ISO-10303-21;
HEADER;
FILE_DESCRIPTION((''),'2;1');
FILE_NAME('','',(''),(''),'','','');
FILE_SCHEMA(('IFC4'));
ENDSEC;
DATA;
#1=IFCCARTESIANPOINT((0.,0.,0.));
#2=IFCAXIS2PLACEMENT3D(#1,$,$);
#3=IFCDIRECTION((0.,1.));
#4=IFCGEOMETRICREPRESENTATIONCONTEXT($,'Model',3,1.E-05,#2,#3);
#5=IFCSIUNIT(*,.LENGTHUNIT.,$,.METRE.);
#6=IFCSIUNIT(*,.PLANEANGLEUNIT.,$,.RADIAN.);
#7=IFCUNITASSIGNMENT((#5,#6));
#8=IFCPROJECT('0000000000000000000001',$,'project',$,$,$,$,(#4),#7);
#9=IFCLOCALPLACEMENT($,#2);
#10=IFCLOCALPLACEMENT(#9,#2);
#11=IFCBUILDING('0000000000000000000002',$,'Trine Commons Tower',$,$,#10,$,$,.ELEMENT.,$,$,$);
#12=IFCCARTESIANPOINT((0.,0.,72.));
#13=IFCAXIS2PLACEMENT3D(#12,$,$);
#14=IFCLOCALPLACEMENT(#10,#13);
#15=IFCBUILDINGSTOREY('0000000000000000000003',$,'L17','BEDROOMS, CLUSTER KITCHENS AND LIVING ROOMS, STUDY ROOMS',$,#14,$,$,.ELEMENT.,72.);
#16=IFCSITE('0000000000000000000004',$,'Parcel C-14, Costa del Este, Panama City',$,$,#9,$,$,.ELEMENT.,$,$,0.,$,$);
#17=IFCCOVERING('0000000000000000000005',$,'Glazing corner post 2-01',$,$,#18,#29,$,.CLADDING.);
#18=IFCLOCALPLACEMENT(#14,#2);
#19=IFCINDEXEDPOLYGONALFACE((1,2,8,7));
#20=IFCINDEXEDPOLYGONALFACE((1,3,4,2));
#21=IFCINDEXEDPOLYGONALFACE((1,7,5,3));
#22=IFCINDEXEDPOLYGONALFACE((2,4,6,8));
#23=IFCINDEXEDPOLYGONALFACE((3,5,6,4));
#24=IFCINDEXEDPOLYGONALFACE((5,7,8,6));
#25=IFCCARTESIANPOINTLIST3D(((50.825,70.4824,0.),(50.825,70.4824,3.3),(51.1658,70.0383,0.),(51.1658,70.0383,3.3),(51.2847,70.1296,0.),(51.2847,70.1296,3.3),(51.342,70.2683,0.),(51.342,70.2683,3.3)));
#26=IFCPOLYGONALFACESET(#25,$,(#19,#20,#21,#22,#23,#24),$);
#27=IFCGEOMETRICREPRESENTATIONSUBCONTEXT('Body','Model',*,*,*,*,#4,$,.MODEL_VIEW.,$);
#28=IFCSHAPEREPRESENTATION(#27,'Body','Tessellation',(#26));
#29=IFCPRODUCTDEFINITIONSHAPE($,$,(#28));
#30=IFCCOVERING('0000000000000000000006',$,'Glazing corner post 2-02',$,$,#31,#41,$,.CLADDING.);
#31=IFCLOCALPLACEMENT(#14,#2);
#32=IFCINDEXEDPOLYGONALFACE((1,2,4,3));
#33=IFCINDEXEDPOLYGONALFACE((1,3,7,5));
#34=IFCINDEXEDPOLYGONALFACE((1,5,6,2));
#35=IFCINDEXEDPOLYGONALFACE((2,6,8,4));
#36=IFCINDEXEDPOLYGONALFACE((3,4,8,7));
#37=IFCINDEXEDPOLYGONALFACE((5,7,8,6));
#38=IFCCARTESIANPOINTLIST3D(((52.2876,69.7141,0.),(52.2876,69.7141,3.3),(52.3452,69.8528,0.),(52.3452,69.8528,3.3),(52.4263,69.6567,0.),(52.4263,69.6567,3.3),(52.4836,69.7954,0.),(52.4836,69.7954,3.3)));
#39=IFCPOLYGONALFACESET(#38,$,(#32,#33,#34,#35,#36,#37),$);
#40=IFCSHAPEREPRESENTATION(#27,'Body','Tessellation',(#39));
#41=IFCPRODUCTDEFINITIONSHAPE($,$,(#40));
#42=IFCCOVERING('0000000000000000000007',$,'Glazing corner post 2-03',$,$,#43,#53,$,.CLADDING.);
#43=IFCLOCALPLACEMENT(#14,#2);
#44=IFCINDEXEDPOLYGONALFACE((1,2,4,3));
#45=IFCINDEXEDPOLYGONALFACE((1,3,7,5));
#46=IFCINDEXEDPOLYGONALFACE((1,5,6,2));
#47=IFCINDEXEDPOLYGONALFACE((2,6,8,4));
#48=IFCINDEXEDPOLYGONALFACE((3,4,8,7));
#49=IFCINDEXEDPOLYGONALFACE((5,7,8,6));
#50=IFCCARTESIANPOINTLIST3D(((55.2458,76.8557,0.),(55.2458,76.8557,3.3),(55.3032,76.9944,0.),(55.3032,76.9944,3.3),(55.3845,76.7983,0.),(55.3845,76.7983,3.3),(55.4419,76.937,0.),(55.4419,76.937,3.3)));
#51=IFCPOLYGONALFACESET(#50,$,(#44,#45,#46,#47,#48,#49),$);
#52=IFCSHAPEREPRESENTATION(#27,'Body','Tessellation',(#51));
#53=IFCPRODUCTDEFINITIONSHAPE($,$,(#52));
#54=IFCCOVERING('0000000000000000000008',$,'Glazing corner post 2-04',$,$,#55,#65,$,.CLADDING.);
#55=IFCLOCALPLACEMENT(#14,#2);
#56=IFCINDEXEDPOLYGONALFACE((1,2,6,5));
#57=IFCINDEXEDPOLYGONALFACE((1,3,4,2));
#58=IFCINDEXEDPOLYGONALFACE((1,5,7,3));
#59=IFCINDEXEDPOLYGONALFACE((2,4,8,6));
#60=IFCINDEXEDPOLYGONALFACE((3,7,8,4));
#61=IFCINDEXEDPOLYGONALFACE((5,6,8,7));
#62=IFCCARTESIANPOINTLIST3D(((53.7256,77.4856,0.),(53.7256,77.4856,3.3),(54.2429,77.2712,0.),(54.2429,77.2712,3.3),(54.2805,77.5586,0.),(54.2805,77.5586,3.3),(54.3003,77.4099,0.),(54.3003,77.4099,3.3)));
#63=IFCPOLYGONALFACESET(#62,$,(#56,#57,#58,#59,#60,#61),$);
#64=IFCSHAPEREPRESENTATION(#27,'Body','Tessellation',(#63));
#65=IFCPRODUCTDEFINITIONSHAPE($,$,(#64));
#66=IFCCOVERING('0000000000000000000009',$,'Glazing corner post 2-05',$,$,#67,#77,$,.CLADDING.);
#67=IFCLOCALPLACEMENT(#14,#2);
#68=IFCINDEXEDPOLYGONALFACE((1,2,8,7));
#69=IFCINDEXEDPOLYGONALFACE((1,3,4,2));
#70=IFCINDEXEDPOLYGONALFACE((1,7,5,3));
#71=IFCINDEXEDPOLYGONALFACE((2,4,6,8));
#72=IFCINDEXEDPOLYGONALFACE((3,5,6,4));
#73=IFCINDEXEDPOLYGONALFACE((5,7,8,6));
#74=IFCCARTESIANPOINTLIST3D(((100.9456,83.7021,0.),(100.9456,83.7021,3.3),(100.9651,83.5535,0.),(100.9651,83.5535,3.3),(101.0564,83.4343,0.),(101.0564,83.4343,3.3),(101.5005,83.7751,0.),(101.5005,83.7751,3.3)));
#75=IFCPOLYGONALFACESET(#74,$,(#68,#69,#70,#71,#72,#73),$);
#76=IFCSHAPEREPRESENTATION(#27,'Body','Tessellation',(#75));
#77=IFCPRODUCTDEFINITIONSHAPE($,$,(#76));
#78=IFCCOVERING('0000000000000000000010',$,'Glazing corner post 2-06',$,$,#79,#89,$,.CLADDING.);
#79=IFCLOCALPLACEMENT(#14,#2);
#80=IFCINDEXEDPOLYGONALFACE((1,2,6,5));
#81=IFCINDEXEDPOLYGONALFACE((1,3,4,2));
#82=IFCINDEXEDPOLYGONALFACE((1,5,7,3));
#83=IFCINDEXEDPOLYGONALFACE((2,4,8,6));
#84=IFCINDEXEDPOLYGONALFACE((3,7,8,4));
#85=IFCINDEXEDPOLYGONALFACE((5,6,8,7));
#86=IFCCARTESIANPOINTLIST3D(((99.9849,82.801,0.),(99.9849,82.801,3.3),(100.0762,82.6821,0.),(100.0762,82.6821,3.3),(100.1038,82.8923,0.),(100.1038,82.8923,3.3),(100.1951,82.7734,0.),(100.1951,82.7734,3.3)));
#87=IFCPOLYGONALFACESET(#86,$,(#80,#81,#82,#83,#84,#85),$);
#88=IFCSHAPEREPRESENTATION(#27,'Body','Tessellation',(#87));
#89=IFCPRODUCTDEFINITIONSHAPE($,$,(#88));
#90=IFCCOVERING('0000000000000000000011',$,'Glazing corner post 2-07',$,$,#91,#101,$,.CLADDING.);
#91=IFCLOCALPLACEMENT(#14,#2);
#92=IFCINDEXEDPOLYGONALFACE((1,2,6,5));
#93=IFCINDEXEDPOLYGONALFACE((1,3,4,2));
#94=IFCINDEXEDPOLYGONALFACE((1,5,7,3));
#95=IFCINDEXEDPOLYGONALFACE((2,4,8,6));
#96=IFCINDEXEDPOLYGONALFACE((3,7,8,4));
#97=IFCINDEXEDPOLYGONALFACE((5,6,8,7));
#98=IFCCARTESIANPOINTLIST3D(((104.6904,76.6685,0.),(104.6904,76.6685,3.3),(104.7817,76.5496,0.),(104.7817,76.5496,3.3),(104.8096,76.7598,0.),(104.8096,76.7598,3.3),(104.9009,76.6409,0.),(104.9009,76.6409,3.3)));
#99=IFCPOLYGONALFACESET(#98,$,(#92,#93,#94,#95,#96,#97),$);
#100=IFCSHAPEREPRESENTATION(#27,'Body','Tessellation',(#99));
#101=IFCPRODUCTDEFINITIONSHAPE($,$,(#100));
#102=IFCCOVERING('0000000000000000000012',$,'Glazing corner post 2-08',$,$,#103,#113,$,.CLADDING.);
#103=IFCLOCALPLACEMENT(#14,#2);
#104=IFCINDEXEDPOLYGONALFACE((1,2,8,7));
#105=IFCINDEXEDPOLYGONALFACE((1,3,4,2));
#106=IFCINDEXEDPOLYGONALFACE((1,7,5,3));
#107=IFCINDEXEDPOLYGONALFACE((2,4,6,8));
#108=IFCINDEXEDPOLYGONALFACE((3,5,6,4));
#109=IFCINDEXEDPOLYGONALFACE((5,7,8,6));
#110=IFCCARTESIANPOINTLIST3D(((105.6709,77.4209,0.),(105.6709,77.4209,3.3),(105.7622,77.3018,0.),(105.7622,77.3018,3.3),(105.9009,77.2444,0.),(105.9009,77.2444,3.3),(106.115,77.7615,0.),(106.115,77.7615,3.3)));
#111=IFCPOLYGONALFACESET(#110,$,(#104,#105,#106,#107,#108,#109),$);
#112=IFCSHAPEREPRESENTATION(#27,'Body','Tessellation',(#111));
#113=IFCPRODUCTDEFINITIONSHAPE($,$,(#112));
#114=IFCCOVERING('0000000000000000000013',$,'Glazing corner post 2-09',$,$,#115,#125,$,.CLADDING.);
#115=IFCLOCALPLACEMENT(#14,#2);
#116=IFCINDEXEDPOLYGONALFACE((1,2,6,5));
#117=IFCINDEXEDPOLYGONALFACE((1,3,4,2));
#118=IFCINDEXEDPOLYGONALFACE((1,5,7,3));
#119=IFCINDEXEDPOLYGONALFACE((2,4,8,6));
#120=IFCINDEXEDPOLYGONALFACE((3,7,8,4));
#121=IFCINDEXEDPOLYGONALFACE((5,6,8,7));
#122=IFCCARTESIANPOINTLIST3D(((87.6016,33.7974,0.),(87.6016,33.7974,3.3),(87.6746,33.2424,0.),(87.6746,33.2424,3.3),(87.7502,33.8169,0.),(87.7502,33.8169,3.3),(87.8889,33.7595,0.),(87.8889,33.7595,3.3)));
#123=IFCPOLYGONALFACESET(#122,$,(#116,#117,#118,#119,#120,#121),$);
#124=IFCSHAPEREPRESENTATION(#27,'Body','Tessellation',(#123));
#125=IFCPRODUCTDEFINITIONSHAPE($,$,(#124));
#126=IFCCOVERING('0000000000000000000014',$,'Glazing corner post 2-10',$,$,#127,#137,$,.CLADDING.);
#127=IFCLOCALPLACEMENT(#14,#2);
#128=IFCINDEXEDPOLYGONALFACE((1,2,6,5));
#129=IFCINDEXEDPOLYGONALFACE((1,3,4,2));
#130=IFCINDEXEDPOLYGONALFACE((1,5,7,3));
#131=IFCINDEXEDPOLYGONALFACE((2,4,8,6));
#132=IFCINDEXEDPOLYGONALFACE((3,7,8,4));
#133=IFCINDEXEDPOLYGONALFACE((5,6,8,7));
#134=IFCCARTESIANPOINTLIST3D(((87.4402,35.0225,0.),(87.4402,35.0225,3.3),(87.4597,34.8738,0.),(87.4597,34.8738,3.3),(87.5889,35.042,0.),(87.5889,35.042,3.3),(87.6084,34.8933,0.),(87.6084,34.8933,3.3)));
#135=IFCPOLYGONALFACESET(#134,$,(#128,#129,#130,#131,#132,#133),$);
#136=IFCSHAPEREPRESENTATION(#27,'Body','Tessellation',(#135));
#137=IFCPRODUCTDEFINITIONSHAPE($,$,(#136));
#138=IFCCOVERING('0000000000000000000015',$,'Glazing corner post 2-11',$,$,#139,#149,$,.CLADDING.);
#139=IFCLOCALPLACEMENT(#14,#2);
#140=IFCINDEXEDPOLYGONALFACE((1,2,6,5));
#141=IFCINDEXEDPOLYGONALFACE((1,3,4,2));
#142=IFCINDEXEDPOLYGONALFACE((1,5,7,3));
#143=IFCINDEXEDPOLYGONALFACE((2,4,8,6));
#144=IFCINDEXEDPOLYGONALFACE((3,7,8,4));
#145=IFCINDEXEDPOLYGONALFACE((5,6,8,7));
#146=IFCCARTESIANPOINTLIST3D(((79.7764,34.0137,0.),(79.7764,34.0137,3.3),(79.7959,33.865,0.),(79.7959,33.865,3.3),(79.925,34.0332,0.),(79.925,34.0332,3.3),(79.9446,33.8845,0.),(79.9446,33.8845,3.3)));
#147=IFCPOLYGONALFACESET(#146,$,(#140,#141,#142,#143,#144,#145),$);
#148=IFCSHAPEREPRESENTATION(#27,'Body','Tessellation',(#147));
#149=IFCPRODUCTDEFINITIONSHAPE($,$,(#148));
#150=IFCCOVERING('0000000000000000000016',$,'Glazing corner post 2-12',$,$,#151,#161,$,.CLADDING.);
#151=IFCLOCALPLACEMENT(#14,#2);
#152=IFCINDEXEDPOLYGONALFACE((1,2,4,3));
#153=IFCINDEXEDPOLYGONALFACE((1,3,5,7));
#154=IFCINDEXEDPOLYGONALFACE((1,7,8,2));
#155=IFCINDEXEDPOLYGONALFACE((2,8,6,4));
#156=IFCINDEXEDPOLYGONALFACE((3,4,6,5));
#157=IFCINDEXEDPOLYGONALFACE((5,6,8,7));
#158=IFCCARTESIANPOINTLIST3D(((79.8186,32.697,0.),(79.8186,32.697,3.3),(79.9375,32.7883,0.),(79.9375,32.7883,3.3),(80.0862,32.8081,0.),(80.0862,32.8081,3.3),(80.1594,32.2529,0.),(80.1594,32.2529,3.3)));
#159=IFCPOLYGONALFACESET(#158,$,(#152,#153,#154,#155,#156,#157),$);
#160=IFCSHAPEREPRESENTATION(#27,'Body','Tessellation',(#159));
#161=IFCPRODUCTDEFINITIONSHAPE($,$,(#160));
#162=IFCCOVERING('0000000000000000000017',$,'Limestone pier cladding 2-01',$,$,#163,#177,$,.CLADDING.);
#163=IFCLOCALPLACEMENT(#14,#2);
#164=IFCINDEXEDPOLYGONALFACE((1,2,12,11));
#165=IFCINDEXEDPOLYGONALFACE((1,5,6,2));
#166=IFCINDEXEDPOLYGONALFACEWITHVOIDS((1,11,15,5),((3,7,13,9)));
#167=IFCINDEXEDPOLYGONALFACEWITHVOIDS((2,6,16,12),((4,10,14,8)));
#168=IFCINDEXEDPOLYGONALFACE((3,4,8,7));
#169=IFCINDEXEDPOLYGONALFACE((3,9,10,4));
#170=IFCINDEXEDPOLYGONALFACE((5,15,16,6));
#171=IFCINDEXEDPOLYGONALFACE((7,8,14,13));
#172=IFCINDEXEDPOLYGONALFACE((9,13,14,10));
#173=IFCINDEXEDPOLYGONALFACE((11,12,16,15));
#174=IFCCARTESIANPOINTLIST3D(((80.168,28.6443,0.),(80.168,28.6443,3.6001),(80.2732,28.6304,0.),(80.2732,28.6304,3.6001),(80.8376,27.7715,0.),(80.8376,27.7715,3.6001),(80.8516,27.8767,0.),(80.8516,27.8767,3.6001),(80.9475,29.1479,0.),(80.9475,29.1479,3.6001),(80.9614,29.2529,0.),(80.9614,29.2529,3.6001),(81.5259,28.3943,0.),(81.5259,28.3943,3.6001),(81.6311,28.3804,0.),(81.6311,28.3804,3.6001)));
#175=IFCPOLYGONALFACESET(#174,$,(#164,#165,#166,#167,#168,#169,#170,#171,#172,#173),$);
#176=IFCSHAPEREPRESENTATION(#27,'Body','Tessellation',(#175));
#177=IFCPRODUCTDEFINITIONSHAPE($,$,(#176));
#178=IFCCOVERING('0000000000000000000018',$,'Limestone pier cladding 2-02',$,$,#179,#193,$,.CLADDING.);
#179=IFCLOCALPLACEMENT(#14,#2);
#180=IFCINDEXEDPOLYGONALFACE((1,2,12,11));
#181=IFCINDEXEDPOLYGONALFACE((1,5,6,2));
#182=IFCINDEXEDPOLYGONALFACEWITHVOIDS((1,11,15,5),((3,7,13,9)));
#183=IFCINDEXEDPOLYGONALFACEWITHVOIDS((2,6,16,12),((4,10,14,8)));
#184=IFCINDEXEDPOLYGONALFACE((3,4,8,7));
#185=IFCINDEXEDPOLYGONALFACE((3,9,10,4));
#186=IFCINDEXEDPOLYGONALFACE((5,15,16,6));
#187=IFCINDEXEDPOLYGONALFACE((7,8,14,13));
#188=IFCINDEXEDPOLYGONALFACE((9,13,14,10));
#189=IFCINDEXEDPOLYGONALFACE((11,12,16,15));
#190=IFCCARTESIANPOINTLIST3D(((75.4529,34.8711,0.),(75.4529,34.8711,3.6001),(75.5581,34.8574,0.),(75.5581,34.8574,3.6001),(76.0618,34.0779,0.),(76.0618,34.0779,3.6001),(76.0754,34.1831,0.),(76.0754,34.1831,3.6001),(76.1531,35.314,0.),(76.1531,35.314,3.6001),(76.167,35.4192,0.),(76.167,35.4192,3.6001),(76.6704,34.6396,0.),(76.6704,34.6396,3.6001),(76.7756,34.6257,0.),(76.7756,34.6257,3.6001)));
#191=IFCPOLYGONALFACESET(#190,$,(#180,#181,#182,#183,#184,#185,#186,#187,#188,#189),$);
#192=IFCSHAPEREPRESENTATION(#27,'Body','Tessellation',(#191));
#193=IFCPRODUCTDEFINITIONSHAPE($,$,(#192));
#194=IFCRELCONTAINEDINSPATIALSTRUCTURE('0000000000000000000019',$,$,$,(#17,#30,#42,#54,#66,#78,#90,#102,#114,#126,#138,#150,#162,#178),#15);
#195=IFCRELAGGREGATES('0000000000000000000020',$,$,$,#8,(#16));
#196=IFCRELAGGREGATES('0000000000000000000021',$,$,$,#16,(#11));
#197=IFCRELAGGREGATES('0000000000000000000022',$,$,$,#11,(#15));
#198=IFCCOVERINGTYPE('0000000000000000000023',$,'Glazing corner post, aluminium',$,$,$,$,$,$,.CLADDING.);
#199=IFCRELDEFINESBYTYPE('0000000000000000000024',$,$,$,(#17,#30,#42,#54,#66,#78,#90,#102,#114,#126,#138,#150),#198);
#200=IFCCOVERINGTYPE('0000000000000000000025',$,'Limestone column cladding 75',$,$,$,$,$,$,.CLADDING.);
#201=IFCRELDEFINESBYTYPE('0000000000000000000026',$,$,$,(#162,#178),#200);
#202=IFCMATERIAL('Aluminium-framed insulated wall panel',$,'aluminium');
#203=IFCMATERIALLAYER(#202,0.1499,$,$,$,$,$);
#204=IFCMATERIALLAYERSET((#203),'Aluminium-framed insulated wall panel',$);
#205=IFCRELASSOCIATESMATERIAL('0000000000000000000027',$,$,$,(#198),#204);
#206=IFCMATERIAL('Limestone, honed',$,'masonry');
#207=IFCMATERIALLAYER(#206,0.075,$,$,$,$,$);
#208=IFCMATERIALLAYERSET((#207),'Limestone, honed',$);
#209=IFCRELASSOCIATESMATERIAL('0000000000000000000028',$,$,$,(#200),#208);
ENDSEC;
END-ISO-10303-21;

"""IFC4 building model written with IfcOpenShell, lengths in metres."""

from ifc_helpers import new_model, si_unit, direction, frame, origin, place, context, subcontext, project, spatial, polyline, outline, extrude, material, layer, layer_set, type_object, element, save


model = new_model("IFC4")

# Units and contexts
model_context = context("Model", 3, precision=1e-05, world=origin(), true_north=direction((0.0, 1.0)))
body_context = subcontext(model_context, "Body", "Model", "MODEL_VIEW")
ifc_project = project(units=[si_unit("LENGTHUNIT", "METRE"), si_unit("PLANEANGLEUNIT", "RADIAN")], contexts=[model_context])

# Site, building, storey
site_placement = place(None, origin())
site = spatial("IfcSite", under=ifc_project, at=site_placement, Name="Parcel C-14, Costa del Este, Panama City", CompositionType="ELEMENT", RefElevation=0.0)
building_placement = place(site_placement, origin())
building = spatial("IfcBuilding", under=site, at=building_placement, Name="Trine Commons Tower", CompositionType="ELEMENT")
storey_placement = place(building_placement, frame((0.0, 0.0, 72.0)))
storey = spatial("IfcBuildingStorey", under=building, at=storey_placement, Name="L17", Description="BEDROOMS, CLUSTER KITCHENS AND LIVING ROOMS, STUDY ROOMS", CompositionType="ELEMENT", Elevation=72.0)

# Coverings
ifc_material_1 = material(Name="Aluminium-framed insulated wall panel", Category="aluminium")
ifc_layer_1 = layer(ifc_material_1, 0.1499)
ifc_layer_set_1 = layer_set([ifc_layer_1], Name="Aluminium-framed insulated wall panel")
covering_type_1 = type_object("IfcCoveringType", Name="Glazing corner post, aluminium", PredefinedType="CLADDING", material=ifc_layer_set_1)
covering_1_placement = place(storey_placement, origin())
element("IfcCovering", 1, at=covering_1_placement, inside=storey, type_object=covering_type_1, Name="Glazing corner post 2-01", PredefinedType="CLADDING", context=body_context, shape_type="SweptSolid", body=[
    extrude(outline(polyline([(51.1658, 70.0383), (51.2847, 70.1296), (51.342, 70.2683), (50.825, 70.4824), (51.1658, 70.0383)])), origin(), (0.0, 0.0, 1.0), 3.3),
])
covering_2_placement = place(storey_placement, origin())
element("IfcCovering", 2, at=covering_2_placement, inside=storey, type_object=covering_type_1, Name="Glazing corner post 2-02", PredefinedType="CLADDING", context=body_context, shape_type="SweptSolid", body=[
    extrude(outline(polyline([(52.2876, 69.7141), (52.4263, 69.6567), (52.4836, 69.7954), (52.3452, 69.8528), (52.2876, 69.7141)])), origin(), (0.0, 0.0, 1.0), 3.3),
])
covering_3_placement = place(storey_placement, origin())
element("IfcCovering", 3, at=covering_3_placement, inside=storey, type_object=covering_type_1, Name="Glazing corner post 2-03", PredefinedType="CLADDING", context=body_context, shape_type="SweptSolid", body=[
    extrude(outline(polyline([(55.3845, 76.7983), (55.4419, 76.937), (55.3032, 76.9944), (55.2458, 76.8557), (55.3845, 76.7983)])), origin(), (0.0, 0.0, 1.0), 3.3),
])
covering_4_placement = place(storey_placement, origin())
element("IfcCovering", 4, at=covering_4_placement, inside=storey, type_object=covering_type_1, Name="Glazing corner post 2-04", PredefinedType="CLADDING", context=body_context, shape_type="SweptSolid", body=[
    extrude(outline(polyline([(54.2429, 77.2712), (54.3003, 77.4099), (54.2805, 77.5586), (53.7256, 77.4856), (54.2429, 77.2712)])), origin(), (0.0, 0.0, 1.0), 3.3),
])
covering_5_placement = place(storey_placement, origin())
element("IfcCovering", 5, at=covering_5_placement, inside=storey, type_object=covering_type_1, Name="Glazing corner post 2-05", PredefinedType="CLADDING", context=body_context, shape_type="SweptSolid", body=[
    extrude(outline(polyline([(101.0564, 83.4343), (101.5005, 83.7751), (100.9456, 83.7021), (100.9651, 83.5535), (101.0564, 83.4343)])), origin(), (0.0, 0.0, 1.0), 3.3),
])
covering_6_placement = place(storey_placement, origin())
element("IfcCovering", 6, at=covering_6_placement, inside=storey, type_object=covering_type_1, Name="Glazing corner post 2-06", PredefinedType="CLADDING", context=body_context, shape_type="SweptSolid", body=[
    extrude(outline(polyline([(100.0762, 82.6821), (100.1951, 82.7734), (100.1038, 82.8923), (99.9849, 82.801), (100.0762, 82.6821)])), origin(), (0.0, 0.0, 1.0), 3.3),
])
covering_7_placement = place(storey_placement, origin())
element("IfcCovering", 7, at=covering_7_placement, inside=storey, type_object=covering_type_1, Name="Glazing corner post 2-07", PredefinedType="CLADDING", context=body_context, shape_type="SweptSolid", body=[
    extrude(outline(polyline([(104.6904, 76.6685), (104.7817, 76.5496), (104.9009, 76.6409), (104.8096, 76.7598), (104.6904, 76.6685)])), origin(), (0.0, 0.0, 1.0), 3.3),
])
covering_8_placement = place(storey_placement, origin())
element("IfcCovering", 8, at=covering_8_placement, inside=storey, type_object=covering_type_1, Name="Glazing corner post 2-08", PredefinedType="CLADDING", context=body_context, shape_type="SweptSolid", body=[
    extrude(outline(polyline([(105.9009, 77.2444), (106.115, 77.7615), (105.6709, 77.4209), (105.7622, 77.3018), (105.9009, 77.2444)])), origin(), (0.0, 0.0, 1.0), 3.3),
])
covering_9_placement = place(storey_placement, origin())
element("IfcCovering", 9, at=covering_9_placement, inside=storey, type_object=covering_type_1, Name="Glazing corner post 2-09", PredefinedType="CLADDING", context=body_context, shape_type="SweptSolid", body=[
    extrude(outline(polyline([(87.6016, 33.7974), (87.6746, 33.2424), (87.8889, 33.7595), (87.7502, 33.8169), (87.6016, 33.7974)])), origin(), (0.0, 0.0, 1.0), 3.3),
])
covering_10_placement = place(storey_placement, origin())
element("IfcCovering", 10, at=covering_10_placement, inside=storey, type_object=covering_type_1, Name="Glazing corner post 2-10", PredefinedType="CLADDING", context=body_context, shape_type="SweptSolid", body=[
    extrude(outline(polyline([(87.4402, 35.0225), (87.4597, 34.8738), (87.6084, 34.8933), (87.5889, 35.042), (87.4402, 35.0225)])), origin(), (0.0, 0.0, 1.0), 3.3),
])
covering_11_placement = place(storey_placement, origin())
element("IfcCovering", 11, at=covering_11_placement, inside=storey, type_object=covering_type_1, Name="Glazing corner post 2-11", PredefinedType="CLADDING", context=body_context, shape_type="SweptSolid", body=[
    extrude(outline(polyline([(79.7959, 33.865), (79.9446, 33.8845), (79.925, 34.0332), (79.7764, 34.0137), (79.7959, 33.865)])), origin(), (0.0, 0.0, 1.0), 3.3),
])
covering_12_placement = place(storey_placement, origin())
element("IfcCovering", 12, at=covering_12_placement, inside=storey, type_object=covering_type_1, Name="Glazing corner post 2-12", PredefinedType="CLADDING", context=body_context, shape_type="SweptSolid", body=[
    extrude(outline(polyline([(79.8186, 32.697), (80.1594, 32.2529), (80.0862, 32.8081), (79.9375, 32.7883), (79.8186, 32.697)])), origin(), (0.0, 0.0, 1.0), 3.3),
])
ifc_material_2 = material(Name="Limestone, honed", Category="masonry")
ifc_layer_2 = layer(ifc_material_2, 0.075)
ifc_layer_set_2 = layer_set([ifc_layer_2], Name="Limestone, honed")
covering_type_2 = type_object("IfcCoveringType", Name="Limestone column cladding 75", PredefinedType="CLADDING", material=ifc_layer_set_2)
covering_13_placement = place(storey_placement, origin())
element("IfcCovering", 13, at=covering_13_placement, inside=storey, type_object=covering_type_2, Name="Limestone pier cladding 2-01", PredefinedType="CLADDING", context=body_context, shape_type="SweptSolid", body=[
    extrude(outline(polyline([(80.9614, 29.2529), (80.168, 28.6443), (80.8376, 27.7715), (81.6311, 28.3804), (80.9614, 29.2529)]), holes=[polyline([(80.9475, 29.1479), (80.2732, 28.6304), (80.8516, 27.8767), (81.5259, 28.3943), (80.9475, 29.1479)])]), origin(), (0.0, 0.0, 1.0), 3.6001),
])
covering_14_placement = place(storey_placement, origin())
element("IfcCovering", 14, at=covering_14_placement, inside=storey, type_object=covering_type_2, Name="Limestone pier cladding 2-02", PredefinedType="CLADDING", context=body_context, shape_type="SweptSolid", body=[
    extrude(outline(polyline([(76.167, 35.4192), (75.4529, 34.8711), (76.0618, 34.0779), (76.7756, 34.6257), (76.167, 35.4192)]), holes=[polyline([(76.1531, 35.314), (75.5581, 34.8574), (76.0754, 34.1831), (76.6704, 34.6396), (76.1531, 35.314)])]), origin(), (0.0, 0.0, 1.0), 3.6001),
])

save(model, "model.ifc")
